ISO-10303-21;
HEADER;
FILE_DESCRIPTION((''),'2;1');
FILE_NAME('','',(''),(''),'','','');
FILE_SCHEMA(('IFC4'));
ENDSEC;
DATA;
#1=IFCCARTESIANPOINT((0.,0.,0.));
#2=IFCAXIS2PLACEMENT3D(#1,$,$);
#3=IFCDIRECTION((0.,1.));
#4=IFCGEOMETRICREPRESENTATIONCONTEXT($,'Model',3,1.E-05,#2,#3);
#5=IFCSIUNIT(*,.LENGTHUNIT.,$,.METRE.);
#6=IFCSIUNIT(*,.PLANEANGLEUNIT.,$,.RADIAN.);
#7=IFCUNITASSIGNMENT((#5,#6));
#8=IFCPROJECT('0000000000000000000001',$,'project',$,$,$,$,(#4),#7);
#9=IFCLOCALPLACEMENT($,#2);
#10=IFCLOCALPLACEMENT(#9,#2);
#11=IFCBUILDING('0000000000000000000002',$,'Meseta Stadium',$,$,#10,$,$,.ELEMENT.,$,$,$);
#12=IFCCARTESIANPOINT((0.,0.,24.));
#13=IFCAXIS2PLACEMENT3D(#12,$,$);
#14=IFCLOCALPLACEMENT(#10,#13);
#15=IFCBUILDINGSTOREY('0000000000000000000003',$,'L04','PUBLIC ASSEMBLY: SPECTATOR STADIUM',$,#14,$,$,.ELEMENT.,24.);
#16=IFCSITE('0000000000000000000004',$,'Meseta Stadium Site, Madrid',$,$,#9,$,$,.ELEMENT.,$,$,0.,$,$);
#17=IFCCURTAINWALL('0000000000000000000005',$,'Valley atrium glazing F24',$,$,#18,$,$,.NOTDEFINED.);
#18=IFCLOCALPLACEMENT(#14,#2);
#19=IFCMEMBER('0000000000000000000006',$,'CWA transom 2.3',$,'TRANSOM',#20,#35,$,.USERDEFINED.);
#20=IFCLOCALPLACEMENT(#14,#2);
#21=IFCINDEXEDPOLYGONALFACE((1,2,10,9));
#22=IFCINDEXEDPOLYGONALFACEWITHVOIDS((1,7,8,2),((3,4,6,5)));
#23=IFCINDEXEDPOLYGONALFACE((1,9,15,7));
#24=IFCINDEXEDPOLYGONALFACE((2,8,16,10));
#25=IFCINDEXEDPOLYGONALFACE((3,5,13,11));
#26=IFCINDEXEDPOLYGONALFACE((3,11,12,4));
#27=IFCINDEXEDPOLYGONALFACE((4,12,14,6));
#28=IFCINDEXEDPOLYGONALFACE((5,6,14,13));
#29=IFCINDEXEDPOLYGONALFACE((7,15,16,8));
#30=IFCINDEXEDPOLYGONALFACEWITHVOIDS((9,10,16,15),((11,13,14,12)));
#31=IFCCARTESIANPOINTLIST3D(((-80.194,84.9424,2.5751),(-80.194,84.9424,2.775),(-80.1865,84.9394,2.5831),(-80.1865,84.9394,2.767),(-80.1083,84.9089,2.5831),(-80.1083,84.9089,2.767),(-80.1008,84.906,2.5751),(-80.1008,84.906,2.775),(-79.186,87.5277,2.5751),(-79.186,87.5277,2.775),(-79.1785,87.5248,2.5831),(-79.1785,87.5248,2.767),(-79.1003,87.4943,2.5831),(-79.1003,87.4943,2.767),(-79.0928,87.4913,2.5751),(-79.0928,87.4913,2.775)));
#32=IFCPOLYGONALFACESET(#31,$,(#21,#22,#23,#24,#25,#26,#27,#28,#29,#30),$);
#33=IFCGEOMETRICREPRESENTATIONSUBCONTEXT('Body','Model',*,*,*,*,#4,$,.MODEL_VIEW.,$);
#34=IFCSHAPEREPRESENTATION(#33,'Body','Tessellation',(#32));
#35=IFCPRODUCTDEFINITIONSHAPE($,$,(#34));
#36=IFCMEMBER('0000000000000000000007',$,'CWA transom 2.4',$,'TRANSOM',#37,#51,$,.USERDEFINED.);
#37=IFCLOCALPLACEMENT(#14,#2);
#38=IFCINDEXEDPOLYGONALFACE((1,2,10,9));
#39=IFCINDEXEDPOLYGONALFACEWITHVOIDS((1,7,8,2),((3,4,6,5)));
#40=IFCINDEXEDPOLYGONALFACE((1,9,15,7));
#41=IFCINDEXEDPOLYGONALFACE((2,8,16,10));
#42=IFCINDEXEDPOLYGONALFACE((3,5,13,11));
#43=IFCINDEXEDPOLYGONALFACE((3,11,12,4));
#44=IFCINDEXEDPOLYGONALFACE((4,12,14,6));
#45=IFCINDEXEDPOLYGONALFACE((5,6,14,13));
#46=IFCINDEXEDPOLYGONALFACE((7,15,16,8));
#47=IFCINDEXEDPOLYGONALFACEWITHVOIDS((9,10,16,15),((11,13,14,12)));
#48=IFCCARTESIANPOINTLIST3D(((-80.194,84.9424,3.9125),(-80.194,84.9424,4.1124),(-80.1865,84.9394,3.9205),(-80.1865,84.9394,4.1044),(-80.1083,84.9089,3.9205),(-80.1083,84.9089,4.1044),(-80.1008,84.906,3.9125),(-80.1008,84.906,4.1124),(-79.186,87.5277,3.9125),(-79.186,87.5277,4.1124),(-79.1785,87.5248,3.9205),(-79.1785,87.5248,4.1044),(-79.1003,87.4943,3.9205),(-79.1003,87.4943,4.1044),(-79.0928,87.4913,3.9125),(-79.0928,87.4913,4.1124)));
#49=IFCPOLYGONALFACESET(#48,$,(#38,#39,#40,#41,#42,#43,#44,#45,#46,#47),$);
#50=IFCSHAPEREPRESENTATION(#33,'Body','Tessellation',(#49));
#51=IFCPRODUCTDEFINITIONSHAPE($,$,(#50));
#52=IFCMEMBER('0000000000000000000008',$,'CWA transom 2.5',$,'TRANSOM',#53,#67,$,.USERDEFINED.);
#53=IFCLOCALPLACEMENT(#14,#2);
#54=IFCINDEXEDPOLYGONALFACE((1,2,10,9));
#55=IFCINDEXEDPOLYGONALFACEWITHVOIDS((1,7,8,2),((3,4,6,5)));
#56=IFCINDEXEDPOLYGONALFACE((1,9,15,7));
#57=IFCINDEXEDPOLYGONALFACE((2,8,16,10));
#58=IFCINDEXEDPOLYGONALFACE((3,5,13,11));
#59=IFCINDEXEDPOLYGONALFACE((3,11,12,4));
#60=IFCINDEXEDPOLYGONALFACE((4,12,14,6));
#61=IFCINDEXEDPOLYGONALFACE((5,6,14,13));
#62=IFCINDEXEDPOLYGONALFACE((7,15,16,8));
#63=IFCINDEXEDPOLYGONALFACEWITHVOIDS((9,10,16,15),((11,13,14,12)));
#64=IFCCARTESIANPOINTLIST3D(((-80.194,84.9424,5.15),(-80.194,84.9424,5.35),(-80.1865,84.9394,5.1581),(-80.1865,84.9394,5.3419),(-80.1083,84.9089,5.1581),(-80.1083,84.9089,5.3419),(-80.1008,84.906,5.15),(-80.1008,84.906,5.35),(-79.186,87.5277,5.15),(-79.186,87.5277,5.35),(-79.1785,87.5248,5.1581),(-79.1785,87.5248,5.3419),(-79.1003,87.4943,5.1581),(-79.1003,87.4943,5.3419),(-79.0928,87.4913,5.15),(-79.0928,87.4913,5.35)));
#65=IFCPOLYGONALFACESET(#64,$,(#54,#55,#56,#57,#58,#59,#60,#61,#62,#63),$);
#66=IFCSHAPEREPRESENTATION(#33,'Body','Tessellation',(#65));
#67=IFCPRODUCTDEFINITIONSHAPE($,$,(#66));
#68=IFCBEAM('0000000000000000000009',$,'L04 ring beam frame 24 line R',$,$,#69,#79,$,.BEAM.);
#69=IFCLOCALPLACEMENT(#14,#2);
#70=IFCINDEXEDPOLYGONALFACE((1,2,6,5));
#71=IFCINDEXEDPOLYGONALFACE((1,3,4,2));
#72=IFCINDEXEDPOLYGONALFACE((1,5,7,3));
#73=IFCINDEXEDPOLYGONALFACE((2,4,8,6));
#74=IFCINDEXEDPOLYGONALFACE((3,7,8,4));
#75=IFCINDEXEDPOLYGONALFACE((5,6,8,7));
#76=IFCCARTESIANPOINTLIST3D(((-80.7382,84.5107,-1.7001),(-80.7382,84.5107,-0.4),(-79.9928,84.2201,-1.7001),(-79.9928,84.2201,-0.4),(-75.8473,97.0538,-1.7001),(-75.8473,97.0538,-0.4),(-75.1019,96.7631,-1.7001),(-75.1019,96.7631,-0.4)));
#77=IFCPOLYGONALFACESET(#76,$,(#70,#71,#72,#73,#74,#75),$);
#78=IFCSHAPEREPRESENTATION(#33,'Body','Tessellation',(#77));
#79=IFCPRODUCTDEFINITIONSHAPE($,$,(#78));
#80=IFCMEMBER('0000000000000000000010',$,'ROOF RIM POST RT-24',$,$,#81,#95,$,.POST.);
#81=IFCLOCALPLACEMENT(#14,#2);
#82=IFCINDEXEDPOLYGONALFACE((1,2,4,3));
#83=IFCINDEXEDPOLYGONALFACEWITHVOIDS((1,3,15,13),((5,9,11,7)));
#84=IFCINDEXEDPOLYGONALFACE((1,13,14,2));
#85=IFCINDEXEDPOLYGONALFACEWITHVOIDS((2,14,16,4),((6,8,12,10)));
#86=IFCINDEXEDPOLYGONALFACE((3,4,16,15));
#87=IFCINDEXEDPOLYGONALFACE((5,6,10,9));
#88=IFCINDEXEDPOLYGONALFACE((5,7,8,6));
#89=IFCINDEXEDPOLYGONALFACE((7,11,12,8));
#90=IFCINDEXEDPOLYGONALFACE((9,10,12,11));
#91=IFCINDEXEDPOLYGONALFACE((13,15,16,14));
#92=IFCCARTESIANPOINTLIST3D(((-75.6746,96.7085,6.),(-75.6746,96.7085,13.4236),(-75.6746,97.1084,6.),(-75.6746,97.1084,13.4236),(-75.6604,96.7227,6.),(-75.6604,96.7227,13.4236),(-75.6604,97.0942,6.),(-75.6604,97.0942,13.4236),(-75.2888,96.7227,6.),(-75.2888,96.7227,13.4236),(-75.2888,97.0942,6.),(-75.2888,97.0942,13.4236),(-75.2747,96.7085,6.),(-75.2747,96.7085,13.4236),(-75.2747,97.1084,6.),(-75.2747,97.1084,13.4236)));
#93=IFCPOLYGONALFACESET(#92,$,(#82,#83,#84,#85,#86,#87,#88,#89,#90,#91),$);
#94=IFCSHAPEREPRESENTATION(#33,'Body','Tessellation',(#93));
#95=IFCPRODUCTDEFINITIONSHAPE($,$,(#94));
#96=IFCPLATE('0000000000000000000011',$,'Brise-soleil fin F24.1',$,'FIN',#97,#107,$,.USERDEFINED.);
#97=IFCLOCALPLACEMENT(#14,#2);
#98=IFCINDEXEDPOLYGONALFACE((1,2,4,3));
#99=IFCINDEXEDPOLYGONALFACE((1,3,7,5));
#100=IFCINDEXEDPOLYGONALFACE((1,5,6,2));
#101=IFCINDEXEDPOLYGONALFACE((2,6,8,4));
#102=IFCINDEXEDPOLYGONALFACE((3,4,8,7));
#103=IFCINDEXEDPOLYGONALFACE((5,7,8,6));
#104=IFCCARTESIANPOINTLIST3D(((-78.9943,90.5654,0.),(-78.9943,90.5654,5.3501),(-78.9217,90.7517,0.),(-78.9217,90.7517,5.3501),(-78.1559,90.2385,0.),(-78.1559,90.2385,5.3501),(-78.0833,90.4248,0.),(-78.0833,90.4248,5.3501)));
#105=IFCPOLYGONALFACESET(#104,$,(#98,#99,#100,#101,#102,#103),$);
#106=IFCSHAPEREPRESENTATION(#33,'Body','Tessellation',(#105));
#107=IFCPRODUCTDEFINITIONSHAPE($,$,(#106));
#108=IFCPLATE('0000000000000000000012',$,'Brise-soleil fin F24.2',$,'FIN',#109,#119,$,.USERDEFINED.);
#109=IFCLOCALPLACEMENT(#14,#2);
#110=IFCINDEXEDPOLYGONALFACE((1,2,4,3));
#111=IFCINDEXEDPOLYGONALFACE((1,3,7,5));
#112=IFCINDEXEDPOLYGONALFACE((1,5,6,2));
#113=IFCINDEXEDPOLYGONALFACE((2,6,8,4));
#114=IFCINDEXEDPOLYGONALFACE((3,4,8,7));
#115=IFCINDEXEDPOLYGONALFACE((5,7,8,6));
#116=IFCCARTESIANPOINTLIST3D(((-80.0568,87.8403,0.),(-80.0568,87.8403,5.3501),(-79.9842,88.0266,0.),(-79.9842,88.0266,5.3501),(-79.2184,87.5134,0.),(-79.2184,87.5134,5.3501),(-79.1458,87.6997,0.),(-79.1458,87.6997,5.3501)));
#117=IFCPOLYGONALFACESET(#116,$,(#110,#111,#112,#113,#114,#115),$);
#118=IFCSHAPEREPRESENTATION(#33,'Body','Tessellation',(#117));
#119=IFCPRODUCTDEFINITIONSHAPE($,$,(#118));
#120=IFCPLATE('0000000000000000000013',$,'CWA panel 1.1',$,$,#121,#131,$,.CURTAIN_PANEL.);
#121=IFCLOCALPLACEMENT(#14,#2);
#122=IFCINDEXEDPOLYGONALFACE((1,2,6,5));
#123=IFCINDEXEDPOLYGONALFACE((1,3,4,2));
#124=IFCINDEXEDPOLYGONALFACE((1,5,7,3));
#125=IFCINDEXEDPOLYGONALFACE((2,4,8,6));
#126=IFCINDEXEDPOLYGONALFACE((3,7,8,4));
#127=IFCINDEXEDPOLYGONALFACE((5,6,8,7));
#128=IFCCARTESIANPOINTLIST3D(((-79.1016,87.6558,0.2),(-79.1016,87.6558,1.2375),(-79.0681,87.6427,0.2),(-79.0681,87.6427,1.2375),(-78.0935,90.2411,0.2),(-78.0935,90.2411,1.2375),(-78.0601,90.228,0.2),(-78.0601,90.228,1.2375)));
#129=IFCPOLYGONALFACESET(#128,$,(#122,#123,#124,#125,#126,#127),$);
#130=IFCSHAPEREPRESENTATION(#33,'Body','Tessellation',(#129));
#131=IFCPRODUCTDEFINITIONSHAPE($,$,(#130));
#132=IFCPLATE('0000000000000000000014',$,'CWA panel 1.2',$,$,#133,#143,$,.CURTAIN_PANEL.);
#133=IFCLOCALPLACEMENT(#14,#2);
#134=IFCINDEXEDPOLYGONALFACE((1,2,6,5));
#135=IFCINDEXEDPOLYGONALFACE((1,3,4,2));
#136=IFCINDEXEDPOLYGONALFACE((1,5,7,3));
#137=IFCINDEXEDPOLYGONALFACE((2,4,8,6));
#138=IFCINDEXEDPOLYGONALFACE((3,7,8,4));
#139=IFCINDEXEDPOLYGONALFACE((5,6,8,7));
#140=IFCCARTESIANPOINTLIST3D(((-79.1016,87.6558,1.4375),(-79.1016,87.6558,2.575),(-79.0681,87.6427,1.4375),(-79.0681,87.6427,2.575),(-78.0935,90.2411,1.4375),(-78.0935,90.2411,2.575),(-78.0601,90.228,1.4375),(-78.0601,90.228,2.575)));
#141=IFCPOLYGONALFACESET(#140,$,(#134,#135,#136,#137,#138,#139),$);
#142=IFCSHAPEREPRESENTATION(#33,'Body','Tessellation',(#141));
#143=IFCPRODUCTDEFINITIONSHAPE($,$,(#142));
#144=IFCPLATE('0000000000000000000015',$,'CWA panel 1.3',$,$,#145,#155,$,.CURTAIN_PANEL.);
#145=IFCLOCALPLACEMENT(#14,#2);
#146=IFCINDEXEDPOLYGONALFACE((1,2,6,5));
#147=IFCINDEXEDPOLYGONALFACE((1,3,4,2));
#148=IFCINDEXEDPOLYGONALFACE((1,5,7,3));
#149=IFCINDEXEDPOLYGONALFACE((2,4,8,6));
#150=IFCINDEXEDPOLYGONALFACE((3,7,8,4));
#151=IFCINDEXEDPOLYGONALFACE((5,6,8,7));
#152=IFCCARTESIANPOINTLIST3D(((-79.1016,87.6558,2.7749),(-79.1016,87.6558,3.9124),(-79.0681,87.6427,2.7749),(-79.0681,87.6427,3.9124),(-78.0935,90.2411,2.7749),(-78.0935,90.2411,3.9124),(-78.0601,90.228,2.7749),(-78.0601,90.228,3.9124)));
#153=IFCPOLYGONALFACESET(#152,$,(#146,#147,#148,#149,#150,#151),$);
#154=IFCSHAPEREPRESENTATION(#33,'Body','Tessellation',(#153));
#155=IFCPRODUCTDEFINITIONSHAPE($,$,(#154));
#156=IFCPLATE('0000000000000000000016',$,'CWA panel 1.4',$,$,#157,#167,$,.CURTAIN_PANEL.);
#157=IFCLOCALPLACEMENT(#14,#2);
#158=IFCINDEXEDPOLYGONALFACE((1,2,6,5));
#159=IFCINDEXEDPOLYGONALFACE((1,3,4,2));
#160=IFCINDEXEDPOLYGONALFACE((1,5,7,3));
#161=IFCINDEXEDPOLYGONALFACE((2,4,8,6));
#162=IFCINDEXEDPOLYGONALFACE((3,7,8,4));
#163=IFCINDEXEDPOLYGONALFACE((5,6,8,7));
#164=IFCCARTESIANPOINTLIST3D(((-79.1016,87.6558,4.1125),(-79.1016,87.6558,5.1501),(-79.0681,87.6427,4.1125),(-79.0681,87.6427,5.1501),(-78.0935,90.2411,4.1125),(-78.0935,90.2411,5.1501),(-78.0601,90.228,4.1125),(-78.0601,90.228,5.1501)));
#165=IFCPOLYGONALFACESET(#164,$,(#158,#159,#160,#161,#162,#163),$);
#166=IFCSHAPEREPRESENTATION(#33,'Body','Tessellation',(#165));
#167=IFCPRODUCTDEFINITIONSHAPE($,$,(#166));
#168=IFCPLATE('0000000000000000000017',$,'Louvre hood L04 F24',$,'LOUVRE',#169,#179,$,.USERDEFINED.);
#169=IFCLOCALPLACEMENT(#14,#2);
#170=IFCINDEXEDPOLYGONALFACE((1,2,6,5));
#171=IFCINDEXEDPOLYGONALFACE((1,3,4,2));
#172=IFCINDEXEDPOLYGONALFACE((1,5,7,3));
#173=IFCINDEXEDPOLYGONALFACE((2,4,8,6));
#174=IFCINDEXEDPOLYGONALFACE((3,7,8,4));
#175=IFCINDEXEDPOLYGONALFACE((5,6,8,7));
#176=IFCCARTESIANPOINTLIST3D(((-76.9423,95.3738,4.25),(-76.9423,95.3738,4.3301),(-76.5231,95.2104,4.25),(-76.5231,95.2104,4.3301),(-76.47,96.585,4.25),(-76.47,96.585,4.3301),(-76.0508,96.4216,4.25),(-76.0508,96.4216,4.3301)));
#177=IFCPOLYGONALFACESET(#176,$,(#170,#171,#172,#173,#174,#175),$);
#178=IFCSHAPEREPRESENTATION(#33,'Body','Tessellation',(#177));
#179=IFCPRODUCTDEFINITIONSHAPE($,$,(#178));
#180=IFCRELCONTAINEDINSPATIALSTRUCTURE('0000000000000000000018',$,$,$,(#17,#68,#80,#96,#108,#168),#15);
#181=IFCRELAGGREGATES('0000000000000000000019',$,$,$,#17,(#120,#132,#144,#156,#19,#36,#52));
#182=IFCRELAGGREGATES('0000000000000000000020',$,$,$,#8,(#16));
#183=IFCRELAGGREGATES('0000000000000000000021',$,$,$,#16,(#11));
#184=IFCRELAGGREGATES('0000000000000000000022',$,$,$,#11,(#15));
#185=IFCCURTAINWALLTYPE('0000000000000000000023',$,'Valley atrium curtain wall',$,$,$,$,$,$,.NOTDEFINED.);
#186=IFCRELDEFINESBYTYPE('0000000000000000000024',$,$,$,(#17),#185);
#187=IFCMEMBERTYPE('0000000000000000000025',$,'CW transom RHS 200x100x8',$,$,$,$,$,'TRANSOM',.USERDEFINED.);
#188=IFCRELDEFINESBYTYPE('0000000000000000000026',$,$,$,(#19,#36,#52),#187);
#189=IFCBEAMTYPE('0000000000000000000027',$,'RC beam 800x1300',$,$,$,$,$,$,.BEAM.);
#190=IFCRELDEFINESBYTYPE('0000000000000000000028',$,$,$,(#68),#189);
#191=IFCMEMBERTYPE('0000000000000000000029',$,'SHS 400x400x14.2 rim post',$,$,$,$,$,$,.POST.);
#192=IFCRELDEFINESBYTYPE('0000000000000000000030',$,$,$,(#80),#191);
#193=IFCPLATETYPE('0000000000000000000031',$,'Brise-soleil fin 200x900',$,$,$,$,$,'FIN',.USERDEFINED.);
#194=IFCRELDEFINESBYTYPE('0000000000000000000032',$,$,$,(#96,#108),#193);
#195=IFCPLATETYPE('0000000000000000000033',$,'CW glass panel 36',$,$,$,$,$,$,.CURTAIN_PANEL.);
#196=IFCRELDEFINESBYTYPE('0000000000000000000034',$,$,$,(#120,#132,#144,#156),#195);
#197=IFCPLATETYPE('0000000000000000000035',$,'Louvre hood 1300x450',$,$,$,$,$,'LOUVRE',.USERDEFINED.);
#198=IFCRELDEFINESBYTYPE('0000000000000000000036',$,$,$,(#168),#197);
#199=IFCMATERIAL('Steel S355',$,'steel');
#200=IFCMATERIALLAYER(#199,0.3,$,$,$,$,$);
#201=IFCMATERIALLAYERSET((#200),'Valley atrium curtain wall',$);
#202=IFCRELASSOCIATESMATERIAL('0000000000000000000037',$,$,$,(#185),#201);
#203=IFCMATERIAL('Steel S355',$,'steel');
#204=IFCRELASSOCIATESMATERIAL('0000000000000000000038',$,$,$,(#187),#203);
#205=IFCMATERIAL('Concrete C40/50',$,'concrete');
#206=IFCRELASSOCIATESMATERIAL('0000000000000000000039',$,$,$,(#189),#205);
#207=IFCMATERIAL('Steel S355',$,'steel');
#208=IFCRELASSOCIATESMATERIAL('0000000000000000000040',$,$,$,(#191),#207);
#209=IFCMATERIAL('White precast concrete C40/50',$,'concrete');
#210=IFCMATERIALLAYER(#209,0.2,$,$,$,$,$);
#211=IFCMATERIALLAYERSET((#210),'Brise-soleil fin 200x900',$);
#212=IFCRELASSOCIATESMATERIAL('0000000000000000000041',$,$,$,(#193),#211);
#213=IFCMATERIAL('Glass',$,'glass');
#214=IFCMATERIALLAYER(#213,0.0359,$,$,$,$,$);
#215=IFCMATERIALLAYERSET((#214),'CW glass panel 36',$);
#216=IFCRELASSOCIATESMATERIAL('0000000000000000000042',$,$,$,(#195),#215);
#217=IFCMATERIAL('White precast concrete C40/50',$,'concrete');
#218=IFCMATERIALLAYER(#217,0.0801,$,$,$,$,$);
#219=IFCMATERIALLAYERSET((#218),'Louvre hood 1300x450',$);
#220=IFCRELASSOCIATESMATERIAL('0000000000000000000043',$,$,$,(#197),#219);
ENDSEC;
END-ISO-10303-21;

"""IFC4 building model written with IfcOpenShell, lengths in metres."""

from ifc_helpers import new_model, si_unit, direction, frame, origin, origin_2d, place, context, subcontext, project, spatial, rectangle, hollow_rectangle, extrude, material, layer, layer_set, material_profile, profile_set, type_object, element, aggregate, save


model = new_model("IFC4")

# Units and contexts
model_context = context("Model", 3, precision=1e-05, world=origin(), true_north=direction((0.0, 1.0)))
body_context = subcontext(model_context, "Body", "Model", "MODEL_VIEW")
ifc_project = project(units=[si_unit("LENGTHUNIT", "METRE"), si_unit("PLANEANGLEUNIT", "RADIAN")], contexts=[model_context])

# Site, building, storey
site_placement = place(None, origin())
site = spatial("IfcSite", under=ifc_project, at=site_placement, Name="Meseta Stadium Site, Madrid", CompositionType="ELEMENT", RefElevation=0.0)
building_placement = place(site_placement, origin())
building = spatial("IfcBuilding", under=site, at=building_placement, Name="Meseta Stadium", CompositionType="ELEMENT")
storey_placement = place(building_placement, frame((0.0, 0.0, 24.0)))
storey = spatial("IfcBuildingStorey", under=building, at=storey_placement, Name="L04", Description="PUBLIC ASSEMBLY: SPECTATOR STADIUM", CompositionType="ELEMENT", Elevation=24.0)

# Curtain wall, members
ifc_material_1 = material(Name="Steel S355", Category="steel")
ifc_layer_1 = layer(ifc_material_1, 0.3)
ifc_layer_set_1 = layer_set([ifc_layer_1], Name="Valley atrium curtain wall")
curtain_wall_type = type_object("IfcCurtainWallType", Name="Valley atrium curtain wall", PredefinedType="NOTDEFINED", material=ifc_layer_set_1)
curtain_wall_placement = place(storey_placement, origin())
curtain_wall = element("IfcCurtainWall", 1, at=curtain_wall_placement, inside=storey, type_object=curtain_wall_type, Name="Valley atrium glazing F24", PredefinedType="NOTDEFINED")
ifc_material_2 = material(Name="Steel S355", Category="steel")
ifc_material_profile_1 = material_profile(ifc_material_2, hollow_rectangle(XDim=0.1001, YDim=0.2, WallThickness=0.0081, at=origin_2d()), Name="RHS 200x100x8")
ifc_profile_set_1 = profile_set([ifc_material_profile_1], Name="Steel S355")
member_type_1 = type_object("IfcMemberType", Name="CW transom RHS 200x100x8", ElementType="TRANSOM", PredefinedType="USERDEFINED", material=ifc_profile_set_1)
member_1_placement = place(storey_placement, frame((-79.1394, 87.5095, 2.675), z_axis=(-0.363261, -0.931687, 0.0), x_axis=(0.931687, -0.363261, 0.0)))
member_1 = element("IfcMember", 2, at=member_1_placement, type_object=member_type_1, Name="CWA transom 2.3", ObjectType="TRANSOM", PredefinedType="USERDEFINED", context=body_context, shape_type="SweptSolid", body=[
    extrude(hollow_rectangle(XDim=0.1001, YDim=0.2, WallThickness=0.0081, at=origin_2d()), origin(), (0.0, 0.0, 1.0), 2.7749),
])
member_2_placement = place(storey_placement, frame((-79.1394, 87.5095, 4.0125), z_axis=(-0.363261, -0.931687, 0.0), x_axis=(0.931687, -0.363261, 0.0)))
member_2 = element("IfcMember", 3, at=member_2_placement, type_object=member_type_1, Name="CWA transom 2.4", ObjectType="TRANSOM", PredefinedType="USERDEFINED", context=body_context, shape_type="SweptSolid", body=[
    extrude(hollow_rectangle(XDim=0.1001, YDim=0.2, WallThickness=0.0081, at=origin_2d()), origin(), (0.0, 0.0, 1.0), 2.7749),
])
member_3_placement = place(storey_placement, frame((-79.1394, 87.5095, 5.25), z_axis=(-0.363261, -0.931687, 0.0), x_axis=(0.931687, -0.363261, 0.0)))
member_3 = element("IfcMember", 4, at=member_3_placement, type_object=member_type_1, Name="CWA transom 2.5", ObjectType="TRANSOM", PredefinedType="USERDEFINED", context=body_context, shape_type="SweptSolid", body=[
    extrude(hollow_rectangle(XDim=0.1001, YDim=0.2, WallThickness=0.0081, at=origin_2d()), origin(), (0.0, 0.0, 1.0), 2.7749),
])

# Beam
ifc_material_3 = material(Name="Concrete C40/50", Category="concrete")
ifc_material_profile_2 = material_profile(ifc_material_3, rectangle(XDim=0.8, YDim=1.3, at=origin_2d()), Name="RC 800x1300")
ifc_profile_set_2 = profile_set([ifc_material_profile_2], Name="Concrete C40/50")
beam_type = type_object("IfcBeamType", Name="RC beam 800x1300", PredefinedType="BEAM", material=ifc_profile_set_2)
beam_placement = place(storey_placement, frame((-75.4746, 96.9084, -1.05), z_axis=(-0.363288, -0.931677, 0.0), x_axis=(0.931677, -0.363288, 0.0)))
element("IfcBeam", 5, at=beam_placement, inside=storey, type_object=beam_type, Name="L04 ring beam frame 24 line R", PredefinedType="BEAM", context=body_context, shape_type="SweptSolid", body=[
    extrude(rectangle(XDim=0.8, YDim=1.3, at=origin_2d()), origin(), (0.0, 0.0, 1.0), 13.4629),
])

# Member
ifc_material_4 = material(Name="Steel S355", Category="steel")
ifc_material_profile_3 = material_profile(ifc_material_4, hollow_rectangle(XDim=0.3999, YDim=0.3999, WallThickness=0.0142, at=origin_2d()), Name="SHS 400x400x14.2")
ifc_profile_set_3 = profile_set([ifc_material_profile_3], Name="Steel S355")
member_type_2 = type_object("IfcMemberType", Name="SHS 400x400x14.2 rim post", PredefinedType="POST", material=ifc_profile_set_3)
member_4_placement = place(storey_placement, frame((-75.4746, 96.9084, 6.0), z_axis=(0.0, 0.0, 1.0), x_axis=(1.0, 0.0, 0.0)))
element("IfcMember", 6, at=member_4_placement, inside=storey, type_object=member_type_2, Name="ROOF RIM POST RT-24", PredefinedType="POST", context=body_context, shape_type="SweptSolid", body=[
    extrude(hollow_rectangle(XDim=0.3999, YDim=0.3999, WallThickness=0.0142, at=origin_2d()), origin(), (0.0, 0.0, 1.0), 7.4236),
])

# Plates
ifc_material_5 = material(Name="White precast concrete C40/50", Category="concrete")
ifc_layer_2 = layer(ifc_material_5, 0.2)
ifc_layer_set_2 = layer_set([ifc_layer_2], Name="Brise-soleil fin 200x900")
plate_type_1 = type_object("IfcPlateType", Name="Brise-soleil fin 200x900", ElementType="FIN", PredefinedType="USERDEFINED", material=ifc_layer_set_2)
for number, where, z_axis, x_axis, name in (
    (7, (-78.5388, 90.4951, 0.0), (0.0, 0.0, 1.0), (-0.36328, -0.93168, 0.0), "Brise-soleil fin F24.1"),
    (8, (-79.6013, 87.77, 0.0), (0.0, 0.0, 1.0), (-0.36328, -0.93168, 0.0), "Brise-soleil fin F24.2"),
):
    element("IfcPlate", number, at=place(storey_placement, frame(where, z_axis=z_axis, x_axis=x_axis)), inside=storey, type_object=plate_type_1, Name=name, ObjectType="FIN", PredefinedType="USERDEFINED", context=body_context, shape_type="SweptSolid", body=[
        extrude(rectangle(XDim=0.2, YDim=0.8999, at=origin_2d()), origin(), (0.0, 0.0, 1.0), 5.3501),
    ])

# Plates
ifc_material_6 = material(Name="Glass", Category="glass")
ifc_layer_3 = layer(ifc_material_6, 0.0359)
ifc_layer_set_3 = layer_set([ifc_layer_3], Name="CW glass panel 36")
plate_type_2 = type_object("IfcPlateType", Name="CW glass panel 36", PredefinedType="CURTAIN_PANEL", material=ifc_layer_set_3)
plate_1_placement = place(storey_placement, frame((-78.5808, 88.9419, 0.2), z_axis=(0.0, 0.0, 1.0), x_axis=(-0.36328, -0.93168, 0.0)))
plate_1 = element("IfcPlate", 9, at=plate_1_placement, type_object=plate_type_2, Name="CWA panel 1.1", PredefinedType="CURTAIN_PANEL", context=body_context, shape_type="SweptSolid", body=[
    extrude(rectangle(XDim=2.7749, YDim=0.0359, at=origin_2d()), origin(), (0.0, 0.0, 1.0), 1.0376),
])
plate_2_placement = place(storey_placement, frame((-78.5808, 88.9419, 1.4375), z_axis=(0.0, 0.0, 1.0), x_axis=(-0.36328, -0.93168, 0.0)))
plate_2 = element("IfcPlate", 10, at=plate_2_placement, type_object=plate_type_2, Name="CWA panel 1.2", PredefinedType="CURTAIN_PANEL", context=body_context, shape_type="SweptSolid", body=[
    extrude(rectangle(XDim=2.7749, YDim=0.0359, at=origin_2d()), origin(), (0.0, 0.0, 1.0), 1.1375),
])
plate_3_placement = place(storey_placement, frame((-78.5808, 88.9419, 2.7749), z_axis=(0.0, 0.0, 1.0), x_axis=(-0.36328, -0.93168, 0.0)))
plate_3 = element("IfcPlate", 11, at=plate_3_placement, type_object=plate_type_2, Name="CWA panel 1.3", PredefinedType="CURTAIN_PANEL", context=body_context, shape_type="SweptSolid", body=[
    extrude(rectangle(XDim=2.7749, YDim=0.0359, at=origin_2d()), origin(), (0.0, 0.0, 1.0), 1.1375),
])
plate_4_placement = place(storey_placement, frame((-78.5808, 88.9419, 4.1125), z_axis=(0.0, 0.0, 1.0), x_axis=(-0.36328, -0.93168, 0.0)))
plate_4 = element("IfcPlate", 12, at=plate_4_placement, type_object=plate_type_2, Name="CWA panel 1.4", PredefinedType="CURTAIN_PANEL", context=body_context, shape_type="SweptSolid", body=[
    extrude(rectangle(XDim=2.7749, YDim=0.0359, at=origin_2d()), origin(), (0.0, 0.0, 1.0), 1.0376),
])
aggregate(curtain_wall, [plate_1, plate_2, plate_3, plate_4, member_1, member_2, member_3])
ifc_material_7 = material(Name="White precast concrete C40/50", Category="concrete")
ifc_layer_4 = layer(ifc_material_7, 0.0801)
ifc_layer_set_4 = layer_set([ifc_layer_4], Name="Louvre hood 1300x450")
plate_type_3 = type_object("IfcPlateType", Name="Louvre hood 1300x450", ElementType="LOUVRE", PredefinedType="USERDEFINED", material=ifc_layer_set_4)
plate_5_placement = place(storey_placement, frame((-76.4966, 95.8977, 4.25), z_axis=(0.0, 0.0, 1.0), x_axis=(-0.36328, -0.93168, 0.0)))
element("IfcPlate", 13, at=plate_5_placement, inside=storey, type_object=plate_type_3, Name="Louvre hood L04 F24", ObjectType="LOUVRE", PredefinedType="USERDEFINED", context=body_context, shape_type="SweptSolid", body=[
    extrude(rectangle(XDim=1.3, YDim=0.45, at=origin_2d()), origin(), (0.0, 0.0, 1.0), 0.0801),
])

save(model, "model.ifc")
